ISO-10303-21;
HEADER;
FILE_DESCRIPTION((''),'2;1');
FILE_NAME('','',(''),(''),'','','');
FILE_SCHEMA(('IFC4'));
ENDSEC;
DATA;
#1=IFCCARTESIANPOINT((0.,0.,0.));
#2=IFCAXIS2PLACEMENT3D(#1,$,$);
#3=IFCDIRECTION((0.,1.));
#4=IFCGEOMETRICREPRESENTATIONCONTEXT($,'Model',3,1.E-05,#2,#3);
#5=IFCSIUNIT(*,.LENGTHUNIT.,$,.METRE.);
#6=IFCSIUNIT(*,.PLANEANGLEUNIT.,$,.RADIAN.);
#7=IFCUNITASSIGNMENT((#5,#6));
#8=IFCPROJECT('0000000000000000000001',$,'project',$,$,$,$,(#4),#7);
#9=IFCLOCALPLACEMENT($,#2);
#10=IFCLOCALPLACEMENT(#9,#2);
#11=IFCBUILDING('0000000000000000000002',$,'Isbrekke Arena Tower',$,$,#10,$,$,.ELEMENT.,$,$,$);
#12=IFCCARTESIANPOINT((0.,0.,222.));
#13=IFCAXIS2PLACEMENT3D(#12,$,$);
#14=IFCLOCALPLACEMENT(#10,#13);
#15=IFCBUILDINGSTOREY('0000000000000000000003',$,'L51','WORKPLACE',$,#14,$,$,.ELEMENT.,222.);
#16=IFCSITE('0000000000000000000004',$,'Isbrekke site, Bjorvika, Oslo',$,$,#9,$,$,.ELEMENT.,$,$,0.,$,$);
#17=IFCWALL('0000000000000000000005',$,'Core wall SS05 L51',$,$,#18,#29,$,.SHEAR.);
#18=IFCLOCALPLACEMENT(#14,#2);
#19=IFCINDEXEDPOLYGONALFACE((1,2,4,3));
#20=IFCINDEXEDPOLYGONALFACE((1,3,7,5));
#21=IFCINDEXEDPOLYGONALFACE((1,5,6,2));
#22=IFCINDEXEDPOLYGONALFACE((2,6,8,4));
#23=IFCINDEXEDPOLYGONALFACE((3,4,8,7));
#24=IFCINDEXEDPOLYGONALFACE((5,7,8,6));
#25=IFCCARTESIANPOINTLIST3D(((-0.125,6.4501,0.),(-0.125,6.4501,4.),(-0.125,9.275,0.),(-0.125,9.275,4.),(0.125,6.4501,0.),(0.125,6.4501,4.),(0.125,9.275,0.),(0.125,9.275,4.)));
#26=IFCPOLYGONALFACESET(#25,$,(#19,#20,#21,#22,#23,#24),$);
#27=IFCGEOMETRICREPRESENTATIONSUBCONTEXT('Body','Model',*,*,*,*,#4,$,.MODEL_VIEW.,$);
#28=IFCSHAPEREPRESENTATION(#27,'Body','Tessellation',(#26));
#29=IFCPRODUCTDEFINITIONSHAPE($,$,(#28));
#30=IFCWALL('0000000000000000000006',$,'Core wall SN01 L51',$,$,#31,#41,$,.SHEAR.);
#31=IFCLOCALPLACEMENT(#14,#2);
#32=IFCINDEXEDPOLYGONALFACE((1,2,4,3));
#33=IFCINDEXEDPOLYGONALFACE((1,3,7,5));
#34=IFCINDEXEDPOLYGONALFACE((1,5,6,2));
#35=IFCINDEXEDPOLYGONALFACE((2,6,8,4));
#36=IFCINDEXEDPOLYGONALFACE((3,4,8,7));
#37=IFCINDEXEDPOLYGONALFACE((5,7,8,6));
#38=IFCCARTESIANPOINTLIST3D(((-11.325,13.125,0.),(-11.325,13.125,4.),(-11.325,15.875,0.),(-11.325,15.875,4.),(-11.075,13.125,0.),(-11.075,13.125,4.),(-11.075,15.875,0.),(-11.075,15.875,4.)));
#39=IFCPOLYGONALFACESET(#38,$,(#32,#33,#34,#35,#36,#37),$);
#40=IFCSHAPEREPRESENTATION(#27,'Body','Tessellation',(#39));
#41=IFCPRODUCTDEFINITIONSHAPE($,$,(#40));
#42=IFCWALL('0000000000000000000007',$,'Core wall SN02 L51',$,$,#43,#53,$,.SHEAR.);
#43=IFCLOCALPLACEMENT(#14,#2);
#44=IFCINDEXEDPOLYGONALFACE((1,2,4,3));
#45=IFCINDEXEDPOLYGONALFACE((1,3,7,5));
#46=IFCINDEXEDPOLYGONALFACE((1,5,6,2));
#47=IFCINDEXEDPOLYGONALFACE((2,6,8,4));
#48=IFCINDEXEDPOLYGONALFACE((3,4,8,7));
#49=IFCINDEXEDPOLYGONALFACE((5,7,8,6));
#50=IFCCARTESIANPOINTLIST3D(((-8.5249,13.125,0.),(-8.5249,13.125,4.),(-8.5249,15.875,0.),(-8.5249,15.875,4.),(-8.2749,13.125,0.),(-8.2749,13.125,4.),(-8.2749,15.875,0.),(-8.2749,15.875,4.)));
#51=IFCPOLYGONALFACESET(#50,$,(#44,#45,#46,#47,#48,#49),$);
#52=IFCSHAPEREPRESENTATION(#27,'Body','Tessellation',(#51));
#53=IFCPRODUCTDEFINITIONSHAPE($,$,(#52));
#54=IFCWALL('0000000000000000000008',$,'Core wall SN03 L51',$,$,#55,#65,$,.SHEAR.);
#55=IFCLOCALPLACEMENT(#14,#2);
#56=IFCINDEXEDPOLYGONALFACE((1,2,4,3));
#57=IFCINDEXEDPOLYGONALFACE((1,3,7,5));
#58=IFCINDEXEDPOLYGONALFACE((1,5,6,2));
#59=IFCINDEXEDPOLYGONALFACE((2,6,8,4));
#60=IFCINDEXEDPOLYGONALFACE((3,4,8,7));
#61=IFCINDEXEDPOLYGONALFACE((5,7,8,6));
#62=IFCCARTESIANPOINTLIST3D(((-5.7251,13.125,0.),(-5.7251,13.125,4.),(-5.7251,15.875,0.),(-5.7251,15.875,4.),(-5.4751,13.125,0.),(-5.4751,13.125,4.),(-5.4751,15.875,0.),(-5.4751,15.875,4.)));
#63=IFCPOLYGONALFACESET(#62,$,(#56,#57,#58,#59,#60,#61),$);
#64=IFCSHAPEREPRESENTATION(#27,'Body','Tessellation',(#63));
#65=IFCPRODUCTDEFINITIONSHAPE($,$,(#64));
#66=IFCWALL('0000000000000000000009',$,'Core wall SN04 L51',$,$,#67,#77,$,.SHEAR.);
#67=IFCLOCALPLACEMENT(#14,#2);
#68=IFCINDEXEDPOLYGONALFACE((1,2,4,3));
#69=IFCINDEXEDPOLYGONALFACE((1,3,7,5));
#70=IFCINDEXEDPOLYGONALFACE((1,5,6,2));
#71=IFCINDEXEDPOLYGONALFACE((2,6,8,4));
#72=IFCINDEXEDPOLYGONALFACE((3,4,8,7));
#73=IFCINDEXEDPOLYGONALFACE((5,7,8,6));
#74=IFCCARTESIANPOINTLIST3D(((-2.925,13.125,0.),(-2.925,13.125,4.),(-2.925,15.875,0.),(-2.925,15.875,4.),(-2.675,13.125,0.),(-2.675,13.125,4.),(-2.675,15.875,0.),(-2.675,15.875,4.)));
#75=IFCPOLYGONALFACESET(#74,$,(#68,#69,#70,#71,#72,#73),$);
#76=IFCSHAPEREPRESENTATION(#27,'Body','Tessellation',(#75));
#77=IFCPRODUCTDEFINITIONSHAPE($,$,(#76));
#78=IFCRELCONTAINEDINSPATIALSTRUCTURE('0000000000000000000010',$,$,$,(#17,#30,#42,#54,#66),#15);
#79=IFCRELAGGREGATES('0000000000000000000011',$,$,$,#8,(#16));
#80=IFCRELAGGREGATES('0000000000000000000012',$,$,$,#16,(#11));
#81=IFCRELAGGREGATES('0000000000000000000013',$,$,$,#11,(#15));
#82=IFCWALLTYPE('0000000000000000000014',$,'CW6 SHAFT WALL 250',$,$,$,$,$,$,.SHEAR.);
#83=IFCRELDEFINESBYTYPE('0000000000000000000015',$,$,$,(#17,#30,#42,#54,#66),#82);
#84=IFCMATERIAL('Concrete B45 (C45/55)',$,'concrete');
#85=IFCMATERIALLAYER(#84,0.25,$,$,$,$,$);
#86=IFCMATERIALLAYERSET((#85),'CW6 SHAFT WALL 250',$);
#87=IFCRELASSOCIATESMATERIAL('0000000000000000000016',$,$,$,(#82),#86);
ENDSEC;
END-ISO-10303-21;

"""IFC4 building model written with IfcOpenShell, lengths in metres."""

from ifc_helpers import new_model, si_unit, direction, frame, frame_2d, origin, place, context, subcontext, project, spatial, rectangle, extrude, material, layer, layer_set, type_object, element, save


model = new_model("IFC4")

# Units and contexts
model_context = context("Model", 3, precision=1e-05, world=origin(), true_north=direction((0.0, 1.0)))
body_context = subcontext(model_context, "Body", "Model", "MODEL_VIEW")
ifc_project = project(units=[si_unit("LENGTHUNIT", "METRE"), si_unit("PLANEANGLEUNIT", "RADIAN")], contexts=[model_context])

# Site, building, storey
site_placement = place(None, origin())
site = spatial("IfcSite", under=ifc_project, at=site_placement, Name="Isbrekke site, Bjorvika, Oslo", CompositionType="ELEMENT", RefElevation=0.0)
building_placement = place(site_placement, origin())
building = spatial("IfcBuilding", under=site, at=building_placement, Name="Isbrekke Arena Tower", CompositionType="ELEMENT")
storey_placement = place(building_placement, frame((0.0, 0.0, 222.0)))
storey = spatial("IfcBuildingStorey", under=building, at=storey_placement, Name="L51", Description="WORKPLACE", CompositionType="ELEMENT", Elevation=222.0)

# Shared definitions
ifc_material_1 = material(Name="Concrete B45 (C45/55)", Category="concrete")
ifc_layer_1 = layer(ifc_material_1, 0.25)
ifc_layer_set_1 = layer_set([ifc_layer_1], Name="CW6 SHAFT WALL 250")
wall_type_1 = type_object("IfcWallType", Name="CW6 SHAFT WALL 250", PredefinedType="SHEAR", material=ifc_layer_set_1)

# Walls
for number, where, z_axis, x_axis, name in (
    (1, (0.0, 6.45, 0.0), (0.0, 0.0, 1.0), (0.0, 1.0, 0.0), "Core wall SS05 L51"),
):
    element("IfcWall", number, at=place(storey_placement, frame(where, z_axis=z_axis, x_axis=x_axis)), inside=storey, type_object=wall_type_1, Name=name, PredefinedType="SHEAR", context=body_context, shape_type="SweptSolid", body=[
        extrude(rectangle(XDim=2.825, YDim=0.25, at=frame_2d((1.4126, 0.0))), origin(), (0.0, 0.0, 1.0), 4.0),
    ])
for number, where, z_axis, x_axis, name in (
    (2, (-11.2, 13.125, 0.0), (0.0, 0.0, 1.0), (0.0, 1.0, 0.0), "Core wall SN01 L51"),
    (3, (-8.3999, 13.125, 0.0), (0.0, 0.0, 1.0), (0.0, 1.0, 0.0), "Core wall SN02 L51"),
    (4, (-5.6001, 13.125, 0.0), (0.0, 0.0, 1.0), (0.0, 1.0, 0.0), "Core wall SN03 L51"),
    (5, (-2.8, 13.125, 0.0), (0.0, 0.0, 1.0), (0.0, 1.0, 0.0), "Core wall SN04 L51"),
):
    element("IfcWall", number, at=place(storey_placement, frame(where, z_axis=z_axis, x_axis=x_axis)), inside=storey, type_object=wall_type_1, Name=name, PredefinedType="SHEAR", context=body_context, shape_type="SweptSolid", body=[
        extrude(rectangle(XDim=2.75, YDim=0.25, at=frame_2d((1.375, 0.0))), origin(), (0.0, 0.0, 1.0), 4.0),
    ])

save(model, "model.ifc")
